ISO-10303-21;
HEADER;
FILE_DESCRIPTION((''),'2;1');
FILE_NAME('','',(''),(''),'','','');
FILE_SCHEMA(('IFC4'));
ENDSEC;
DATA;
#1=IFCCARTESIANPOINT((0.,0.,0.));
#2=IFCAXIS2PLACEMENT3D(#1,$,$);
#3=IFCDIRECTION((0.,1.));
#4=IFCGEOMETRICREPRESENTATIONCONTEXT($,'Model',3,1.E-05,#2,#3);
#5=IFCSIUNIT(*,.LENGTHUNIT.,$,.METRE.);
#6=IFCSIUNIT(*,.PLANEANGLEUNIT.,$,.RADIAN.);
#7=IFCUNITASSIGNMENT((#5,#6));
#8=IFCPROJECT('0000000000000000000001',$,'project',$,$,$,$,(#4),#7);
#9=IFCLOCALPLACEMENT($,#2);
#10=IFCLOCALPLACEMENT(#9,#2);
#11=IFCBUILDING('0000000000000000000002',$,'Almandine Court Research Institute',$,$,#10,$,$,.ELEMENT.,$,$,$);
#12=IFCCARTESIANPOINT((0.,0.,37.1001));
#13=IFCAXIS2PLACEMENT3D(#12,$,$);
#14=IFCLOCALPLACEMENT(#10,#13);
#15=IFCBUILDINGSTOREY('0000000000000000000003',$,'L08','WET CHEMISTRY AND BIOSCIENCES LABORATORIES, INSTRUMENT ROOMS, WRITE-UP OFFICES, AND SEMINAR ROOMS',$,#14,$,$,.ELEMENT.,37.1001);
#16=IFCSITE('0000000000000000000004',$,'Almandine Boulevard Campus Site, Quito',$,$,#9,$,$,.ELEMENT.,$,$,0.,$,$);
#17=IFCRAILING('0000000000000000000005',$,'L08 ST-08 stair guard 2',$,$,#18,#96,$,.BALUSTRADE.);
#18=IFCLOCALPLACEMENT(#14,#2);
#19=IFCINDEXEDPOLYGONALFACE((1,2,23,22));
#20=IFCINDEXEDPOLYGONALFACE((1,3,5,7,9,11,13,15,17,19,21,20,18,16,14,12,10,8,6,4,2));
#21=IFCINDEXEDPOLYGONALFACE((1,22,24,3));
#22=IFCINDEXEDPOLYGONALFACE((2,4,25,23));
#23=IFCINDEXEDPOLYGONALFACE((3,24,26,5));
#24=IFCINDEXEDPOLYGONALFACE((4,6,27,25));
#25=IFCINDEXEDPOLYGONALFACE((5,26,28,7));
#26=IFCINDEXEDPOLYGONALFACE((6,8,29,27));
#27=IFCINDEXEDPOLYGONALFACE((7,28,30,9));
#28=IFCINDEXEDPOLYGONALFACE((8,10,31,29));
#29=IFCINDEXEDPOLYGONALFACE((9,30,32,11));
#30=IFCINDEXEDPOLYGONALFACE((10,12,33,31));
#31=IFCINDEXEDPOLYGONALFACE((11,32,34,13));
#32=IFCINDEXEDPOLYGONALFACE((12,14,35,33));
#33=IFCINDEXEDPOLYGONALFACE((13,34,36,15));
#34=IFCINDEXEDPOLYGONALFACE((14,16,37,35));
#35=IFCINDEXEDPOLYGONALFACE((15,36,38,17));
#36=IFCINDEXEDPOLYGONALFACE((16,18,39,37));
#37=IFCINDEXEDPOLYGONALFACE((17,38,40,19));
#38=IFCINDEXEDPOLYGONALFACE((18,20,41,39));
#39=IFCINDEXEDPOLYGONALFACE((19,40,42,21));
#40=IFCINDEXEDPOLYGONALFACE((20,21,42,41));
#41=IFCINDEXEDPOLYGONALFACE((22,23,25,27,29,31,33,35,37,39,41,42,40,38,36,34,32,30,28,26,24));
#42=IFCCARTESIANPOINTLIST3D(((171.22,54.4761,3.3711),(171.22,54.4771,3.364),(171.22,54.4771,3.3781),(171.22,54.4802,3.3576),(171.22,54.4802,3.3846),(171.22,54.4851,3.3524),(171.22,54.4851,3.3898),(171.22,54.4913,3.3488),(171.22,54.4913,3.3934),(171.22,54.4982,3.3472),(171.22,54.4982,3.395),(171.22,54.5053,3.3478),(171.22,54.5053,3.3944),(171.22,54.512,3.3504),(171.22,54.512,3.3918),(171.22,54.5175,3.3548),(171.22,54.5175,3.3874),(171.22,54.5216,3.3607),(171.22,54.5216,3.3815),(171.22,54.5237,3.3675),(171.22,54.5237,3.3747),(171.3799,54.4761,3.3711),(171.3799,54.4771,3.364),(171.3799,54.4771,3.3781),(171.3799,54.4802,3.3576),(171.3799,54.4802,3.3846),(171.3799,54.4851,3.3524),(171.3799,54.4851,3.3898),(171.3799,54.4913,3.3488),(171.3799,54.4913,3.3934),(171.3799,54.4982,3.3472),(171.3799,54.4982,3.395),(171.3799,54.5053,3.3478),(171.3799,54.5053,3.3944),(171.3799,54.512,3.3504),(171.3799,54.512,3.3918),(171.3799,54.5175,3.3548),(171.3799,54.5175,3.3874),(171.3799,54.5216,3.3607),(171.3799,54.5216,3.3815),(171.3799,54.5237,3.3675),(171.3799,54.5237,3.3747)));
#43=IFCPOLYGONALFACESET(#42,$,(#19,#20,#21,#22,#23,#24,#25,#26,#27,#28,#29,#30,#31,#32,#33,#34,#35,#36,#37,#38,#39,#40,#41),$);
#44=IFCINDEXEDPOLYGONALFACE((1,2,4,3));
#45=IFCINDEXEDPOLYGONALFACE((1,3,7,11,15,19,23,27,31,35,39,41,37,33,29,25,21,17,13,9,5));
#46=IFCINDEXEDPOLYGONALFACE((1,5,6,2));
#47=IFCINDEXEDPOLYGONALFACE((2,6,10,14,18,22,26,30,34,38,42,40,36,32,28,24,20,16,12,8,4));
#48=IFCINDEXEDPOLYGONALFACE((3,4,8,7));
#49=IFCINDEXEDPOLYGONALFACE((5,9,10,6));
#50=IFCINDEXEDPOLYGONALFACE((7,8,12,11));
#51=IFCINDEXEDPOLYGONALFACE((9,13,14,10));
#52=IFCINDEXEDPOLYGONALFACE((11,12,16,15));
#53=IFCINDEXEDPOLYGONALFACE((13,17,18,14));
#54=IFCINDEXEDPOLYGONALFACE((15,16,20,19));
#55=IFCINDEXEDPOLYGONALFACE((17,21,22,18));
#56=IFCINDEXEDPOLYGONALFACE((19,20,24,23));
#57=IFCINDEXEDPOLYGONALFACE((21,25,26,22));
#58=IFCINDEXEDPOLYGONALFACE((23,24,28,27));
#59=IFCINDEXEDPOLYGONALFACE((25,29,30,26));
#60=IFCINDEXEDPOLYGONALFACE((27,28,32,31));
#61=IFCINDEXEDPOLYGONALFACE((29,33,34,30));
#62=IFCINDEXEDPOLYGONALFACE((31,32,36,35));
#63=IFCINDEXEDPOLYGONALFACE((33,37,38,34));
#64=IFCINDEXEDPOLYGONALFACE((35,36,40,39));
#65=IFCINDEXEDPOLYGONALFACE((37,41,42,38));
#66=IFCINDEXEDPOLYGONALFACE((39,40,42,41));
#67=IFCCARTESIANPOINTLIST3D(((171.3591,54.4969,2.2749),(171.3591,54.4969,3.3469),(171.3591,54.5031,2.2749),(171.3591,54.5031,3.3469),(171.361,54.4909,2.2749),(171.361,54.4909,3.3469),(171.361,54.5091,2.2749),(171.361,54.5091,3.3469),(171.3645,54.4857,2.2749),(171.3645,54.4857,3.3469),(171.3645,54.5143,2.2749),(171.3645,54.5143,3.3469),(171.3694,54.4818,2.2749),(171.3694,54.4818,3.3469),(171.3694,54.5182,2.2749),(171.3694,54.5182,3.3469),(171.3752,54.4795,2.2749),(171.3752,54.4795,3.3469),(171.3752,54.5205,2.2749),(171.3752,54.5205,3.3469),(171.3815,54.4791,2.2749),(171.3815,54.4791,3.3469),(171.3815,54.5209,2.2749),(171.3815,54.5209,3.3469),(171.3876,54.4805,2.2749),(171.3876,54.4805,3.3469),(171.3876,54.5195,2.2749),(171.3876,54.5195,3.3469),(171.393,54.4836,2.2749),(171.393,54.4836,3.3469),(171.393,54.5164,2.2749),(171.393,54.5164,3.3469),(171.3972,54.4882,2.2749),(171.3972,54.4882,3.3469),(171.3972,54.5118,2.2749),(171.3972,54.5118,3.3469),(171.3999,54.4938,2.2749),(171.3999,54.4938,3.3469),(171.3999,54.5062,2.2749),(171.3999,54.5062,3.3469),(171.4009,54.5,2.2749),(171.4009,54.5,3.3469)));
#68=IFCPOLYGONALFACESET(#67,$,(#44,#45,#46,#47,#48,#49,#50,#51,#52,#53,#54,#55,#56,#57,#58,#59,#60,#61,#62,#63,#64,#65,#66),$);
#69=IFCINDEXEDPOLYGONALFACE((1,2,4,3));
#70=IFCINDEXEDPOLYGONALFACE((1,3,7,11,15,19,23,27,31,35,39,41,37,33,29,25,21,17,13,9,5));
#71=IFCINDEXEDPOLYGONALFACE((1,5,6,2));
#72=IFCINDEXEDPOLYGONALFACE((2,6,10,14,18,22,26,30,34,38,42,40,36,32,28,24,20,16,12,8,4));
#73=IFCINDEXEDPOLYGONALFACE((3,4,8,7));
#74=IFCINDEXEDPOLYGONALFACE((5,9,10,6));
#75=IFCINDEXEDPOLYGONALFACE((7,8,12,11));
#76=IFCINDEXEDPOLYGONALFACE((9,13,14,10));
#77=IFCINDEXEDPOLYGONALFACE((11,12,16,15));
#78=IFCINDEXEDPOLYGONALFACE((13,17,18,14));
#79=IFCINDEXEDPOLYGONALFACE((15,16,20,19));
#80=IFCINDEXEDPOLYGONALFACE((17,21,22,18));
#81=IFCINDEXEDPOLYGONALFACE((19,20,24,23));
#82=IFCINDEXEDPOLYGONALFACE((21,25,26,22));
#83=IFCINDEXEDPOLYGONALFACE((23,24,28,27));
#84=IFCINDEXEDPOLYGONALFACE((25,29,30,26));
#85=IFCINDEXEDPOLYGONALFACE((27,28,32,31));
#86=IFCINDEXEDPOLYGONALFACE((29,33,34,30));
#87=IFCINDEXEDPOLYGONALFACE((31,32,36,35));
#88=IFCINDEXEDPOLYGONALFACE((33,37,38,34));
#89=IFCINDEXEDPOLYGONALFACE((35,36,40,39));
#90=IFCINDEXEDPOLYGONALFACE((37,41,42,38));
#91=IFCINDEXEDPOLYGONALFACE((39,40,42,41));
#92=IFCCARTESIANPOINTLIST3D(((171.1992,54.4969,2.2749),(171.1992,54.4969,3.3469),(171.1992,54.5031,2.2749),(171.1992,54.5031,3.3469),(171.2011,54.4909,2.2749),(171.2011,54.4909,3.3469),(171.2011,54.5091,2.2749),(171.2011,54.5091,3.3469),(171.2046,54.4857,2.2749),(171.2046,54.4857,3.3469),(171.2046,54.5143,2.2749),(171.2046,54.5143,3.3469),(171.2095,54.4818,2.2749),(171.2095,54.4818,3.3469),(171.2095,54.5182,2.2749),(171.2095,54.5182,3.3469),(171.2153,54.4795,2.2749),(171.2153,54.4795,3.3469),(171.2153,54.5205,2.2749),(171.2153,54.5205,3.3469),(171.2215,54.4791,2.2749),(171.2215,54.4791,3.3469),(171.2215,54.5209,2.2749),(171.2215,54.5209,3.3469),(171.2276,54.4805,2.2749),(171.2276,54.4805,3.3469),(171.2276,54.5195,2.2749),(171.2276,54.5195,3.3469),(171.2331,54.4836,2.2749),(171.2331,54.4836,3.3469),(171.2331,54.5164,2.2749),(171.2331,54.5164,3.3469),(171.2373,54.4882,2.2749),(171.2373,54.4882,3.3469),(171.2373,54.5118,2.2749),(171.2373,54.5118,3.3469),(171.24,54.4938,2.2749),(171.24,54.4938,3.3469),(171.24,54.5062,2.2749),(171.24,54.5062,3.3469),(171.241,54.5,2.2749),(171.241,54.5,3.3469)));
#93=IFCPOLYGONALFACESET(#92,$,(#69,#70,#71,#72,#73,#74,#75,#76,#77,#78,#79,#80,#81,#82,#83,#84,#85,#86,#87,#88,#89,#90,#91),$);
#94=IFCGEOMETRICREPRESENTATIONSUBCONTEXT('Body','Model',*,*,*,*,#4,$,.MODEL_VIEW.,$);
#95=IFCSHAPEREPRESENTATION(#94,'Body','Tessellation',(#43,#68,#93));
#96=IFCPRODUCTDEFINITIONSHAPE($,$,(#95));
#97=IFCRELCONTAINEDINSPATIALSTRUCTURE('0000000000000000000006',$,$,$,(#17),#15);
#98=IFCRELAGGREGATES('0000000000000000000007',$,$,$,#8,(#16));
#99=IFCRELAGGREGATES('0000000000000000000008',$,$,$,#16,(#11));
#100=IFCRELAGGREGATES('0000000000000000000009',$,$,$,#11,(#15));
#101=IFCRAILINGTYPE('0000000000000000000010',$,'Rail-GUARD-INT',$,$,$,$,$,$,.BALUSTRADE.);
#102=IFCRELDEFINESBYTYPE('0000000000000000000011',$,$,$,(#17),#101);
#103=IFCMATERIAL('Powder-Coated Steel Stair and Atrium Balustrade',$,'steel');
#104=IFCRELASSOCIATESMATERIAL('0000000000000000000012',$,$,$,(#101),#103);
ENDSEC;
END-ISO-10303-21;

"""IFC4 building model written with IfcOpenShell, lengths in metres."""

from ifc_helpers import new_model, si_unit, direction, frame, origin, origin_2d, place, context, subcontext, project, spatial, circle, extrude, material, type_object, element, save


model = new_model("IFC4")

# Units and contexts
model_context = context("Model", 3, precision=1e-05, world=origin(), true_north=direction((0.0, 1.0)))
body_context = subcontext(model_context, "Body", "Model", "MODEL_VIEW")
ifc_project = project(units=[si_unit("LENGTHUNIT", "METRE"), si_unit("PLANEANGLEUNIT", "RADIAN")], contexts=[model_context])

# Site, building, storey
site_placement = place(None, origin())
site = spatial("IfcSite", under=ifc_project, at=site_placement, Name="Almandine Boulevard Campus Site, Quito", CompositionType="ELEMENT", RefElevation=0.0)
building_placement = place(site_placement, origin())
building = spatial("IfcBuilding", under=site, at=building_placement, Name="Almandine Court Research Institute", CompositionType="ELEMENT")
storey_placement = place(building_placement, frame((0.0, 0.0, 37.1001)))
storey = spatial("IfcBuildingStorey", under=building, at=storey_placement, Name="L08", Description="WET CHEMISTRY AND BIOSCIENCES LABORATORIES, INSTRUMENT ROOMS, WRITE-UP OFFICES, AND SEMINAR ROOMS", CompositionType="ELEMENT", Elevation=37.1001)

# Railing
ifc_material_1 = material(Name="Powder-Coated Steel Stair and Atrium Balustrade", Category="steel")
railing_type_1 = type_object("IfcRailingType", Name="Rail-GUARD-INT", PredefinedType="BALUSTRADE", material=ifc_material_1)
railing_1_placement = place(storey_placement, frame((171.3799, 54.5, 2.2749)))
element("IfcRailing", 1, at=railing_1_placement, inside=storey, type_object=railing_type_1, Name="L08 ST-08 stair guard 2", PredefinedType="BALUSTRADE", context=body_context, shape_type="SweptSolid", body=[
    extrude(circle(Radius=0.0239, at=origin_2d()), frame((0.0, 0.0, 1.0962), z_axis=(-1.0, 0.0, 0.0), x_axis=(0.0, -1.0, 0.0)), (0.0, 0.0, 1.0), 0.1599),
    extrude(circle(Radius=0.021, at=origin_2d()), origin(), (0.0, 0.0, 1.0), 1.072),
    extrude(circle(Radius=0.021, at=origin_2d()), frame((-0.1599, 0.0, 0.0)), (0.0, 0.0, 1.0), 1.072),
])

save(model, "model.ifc")
